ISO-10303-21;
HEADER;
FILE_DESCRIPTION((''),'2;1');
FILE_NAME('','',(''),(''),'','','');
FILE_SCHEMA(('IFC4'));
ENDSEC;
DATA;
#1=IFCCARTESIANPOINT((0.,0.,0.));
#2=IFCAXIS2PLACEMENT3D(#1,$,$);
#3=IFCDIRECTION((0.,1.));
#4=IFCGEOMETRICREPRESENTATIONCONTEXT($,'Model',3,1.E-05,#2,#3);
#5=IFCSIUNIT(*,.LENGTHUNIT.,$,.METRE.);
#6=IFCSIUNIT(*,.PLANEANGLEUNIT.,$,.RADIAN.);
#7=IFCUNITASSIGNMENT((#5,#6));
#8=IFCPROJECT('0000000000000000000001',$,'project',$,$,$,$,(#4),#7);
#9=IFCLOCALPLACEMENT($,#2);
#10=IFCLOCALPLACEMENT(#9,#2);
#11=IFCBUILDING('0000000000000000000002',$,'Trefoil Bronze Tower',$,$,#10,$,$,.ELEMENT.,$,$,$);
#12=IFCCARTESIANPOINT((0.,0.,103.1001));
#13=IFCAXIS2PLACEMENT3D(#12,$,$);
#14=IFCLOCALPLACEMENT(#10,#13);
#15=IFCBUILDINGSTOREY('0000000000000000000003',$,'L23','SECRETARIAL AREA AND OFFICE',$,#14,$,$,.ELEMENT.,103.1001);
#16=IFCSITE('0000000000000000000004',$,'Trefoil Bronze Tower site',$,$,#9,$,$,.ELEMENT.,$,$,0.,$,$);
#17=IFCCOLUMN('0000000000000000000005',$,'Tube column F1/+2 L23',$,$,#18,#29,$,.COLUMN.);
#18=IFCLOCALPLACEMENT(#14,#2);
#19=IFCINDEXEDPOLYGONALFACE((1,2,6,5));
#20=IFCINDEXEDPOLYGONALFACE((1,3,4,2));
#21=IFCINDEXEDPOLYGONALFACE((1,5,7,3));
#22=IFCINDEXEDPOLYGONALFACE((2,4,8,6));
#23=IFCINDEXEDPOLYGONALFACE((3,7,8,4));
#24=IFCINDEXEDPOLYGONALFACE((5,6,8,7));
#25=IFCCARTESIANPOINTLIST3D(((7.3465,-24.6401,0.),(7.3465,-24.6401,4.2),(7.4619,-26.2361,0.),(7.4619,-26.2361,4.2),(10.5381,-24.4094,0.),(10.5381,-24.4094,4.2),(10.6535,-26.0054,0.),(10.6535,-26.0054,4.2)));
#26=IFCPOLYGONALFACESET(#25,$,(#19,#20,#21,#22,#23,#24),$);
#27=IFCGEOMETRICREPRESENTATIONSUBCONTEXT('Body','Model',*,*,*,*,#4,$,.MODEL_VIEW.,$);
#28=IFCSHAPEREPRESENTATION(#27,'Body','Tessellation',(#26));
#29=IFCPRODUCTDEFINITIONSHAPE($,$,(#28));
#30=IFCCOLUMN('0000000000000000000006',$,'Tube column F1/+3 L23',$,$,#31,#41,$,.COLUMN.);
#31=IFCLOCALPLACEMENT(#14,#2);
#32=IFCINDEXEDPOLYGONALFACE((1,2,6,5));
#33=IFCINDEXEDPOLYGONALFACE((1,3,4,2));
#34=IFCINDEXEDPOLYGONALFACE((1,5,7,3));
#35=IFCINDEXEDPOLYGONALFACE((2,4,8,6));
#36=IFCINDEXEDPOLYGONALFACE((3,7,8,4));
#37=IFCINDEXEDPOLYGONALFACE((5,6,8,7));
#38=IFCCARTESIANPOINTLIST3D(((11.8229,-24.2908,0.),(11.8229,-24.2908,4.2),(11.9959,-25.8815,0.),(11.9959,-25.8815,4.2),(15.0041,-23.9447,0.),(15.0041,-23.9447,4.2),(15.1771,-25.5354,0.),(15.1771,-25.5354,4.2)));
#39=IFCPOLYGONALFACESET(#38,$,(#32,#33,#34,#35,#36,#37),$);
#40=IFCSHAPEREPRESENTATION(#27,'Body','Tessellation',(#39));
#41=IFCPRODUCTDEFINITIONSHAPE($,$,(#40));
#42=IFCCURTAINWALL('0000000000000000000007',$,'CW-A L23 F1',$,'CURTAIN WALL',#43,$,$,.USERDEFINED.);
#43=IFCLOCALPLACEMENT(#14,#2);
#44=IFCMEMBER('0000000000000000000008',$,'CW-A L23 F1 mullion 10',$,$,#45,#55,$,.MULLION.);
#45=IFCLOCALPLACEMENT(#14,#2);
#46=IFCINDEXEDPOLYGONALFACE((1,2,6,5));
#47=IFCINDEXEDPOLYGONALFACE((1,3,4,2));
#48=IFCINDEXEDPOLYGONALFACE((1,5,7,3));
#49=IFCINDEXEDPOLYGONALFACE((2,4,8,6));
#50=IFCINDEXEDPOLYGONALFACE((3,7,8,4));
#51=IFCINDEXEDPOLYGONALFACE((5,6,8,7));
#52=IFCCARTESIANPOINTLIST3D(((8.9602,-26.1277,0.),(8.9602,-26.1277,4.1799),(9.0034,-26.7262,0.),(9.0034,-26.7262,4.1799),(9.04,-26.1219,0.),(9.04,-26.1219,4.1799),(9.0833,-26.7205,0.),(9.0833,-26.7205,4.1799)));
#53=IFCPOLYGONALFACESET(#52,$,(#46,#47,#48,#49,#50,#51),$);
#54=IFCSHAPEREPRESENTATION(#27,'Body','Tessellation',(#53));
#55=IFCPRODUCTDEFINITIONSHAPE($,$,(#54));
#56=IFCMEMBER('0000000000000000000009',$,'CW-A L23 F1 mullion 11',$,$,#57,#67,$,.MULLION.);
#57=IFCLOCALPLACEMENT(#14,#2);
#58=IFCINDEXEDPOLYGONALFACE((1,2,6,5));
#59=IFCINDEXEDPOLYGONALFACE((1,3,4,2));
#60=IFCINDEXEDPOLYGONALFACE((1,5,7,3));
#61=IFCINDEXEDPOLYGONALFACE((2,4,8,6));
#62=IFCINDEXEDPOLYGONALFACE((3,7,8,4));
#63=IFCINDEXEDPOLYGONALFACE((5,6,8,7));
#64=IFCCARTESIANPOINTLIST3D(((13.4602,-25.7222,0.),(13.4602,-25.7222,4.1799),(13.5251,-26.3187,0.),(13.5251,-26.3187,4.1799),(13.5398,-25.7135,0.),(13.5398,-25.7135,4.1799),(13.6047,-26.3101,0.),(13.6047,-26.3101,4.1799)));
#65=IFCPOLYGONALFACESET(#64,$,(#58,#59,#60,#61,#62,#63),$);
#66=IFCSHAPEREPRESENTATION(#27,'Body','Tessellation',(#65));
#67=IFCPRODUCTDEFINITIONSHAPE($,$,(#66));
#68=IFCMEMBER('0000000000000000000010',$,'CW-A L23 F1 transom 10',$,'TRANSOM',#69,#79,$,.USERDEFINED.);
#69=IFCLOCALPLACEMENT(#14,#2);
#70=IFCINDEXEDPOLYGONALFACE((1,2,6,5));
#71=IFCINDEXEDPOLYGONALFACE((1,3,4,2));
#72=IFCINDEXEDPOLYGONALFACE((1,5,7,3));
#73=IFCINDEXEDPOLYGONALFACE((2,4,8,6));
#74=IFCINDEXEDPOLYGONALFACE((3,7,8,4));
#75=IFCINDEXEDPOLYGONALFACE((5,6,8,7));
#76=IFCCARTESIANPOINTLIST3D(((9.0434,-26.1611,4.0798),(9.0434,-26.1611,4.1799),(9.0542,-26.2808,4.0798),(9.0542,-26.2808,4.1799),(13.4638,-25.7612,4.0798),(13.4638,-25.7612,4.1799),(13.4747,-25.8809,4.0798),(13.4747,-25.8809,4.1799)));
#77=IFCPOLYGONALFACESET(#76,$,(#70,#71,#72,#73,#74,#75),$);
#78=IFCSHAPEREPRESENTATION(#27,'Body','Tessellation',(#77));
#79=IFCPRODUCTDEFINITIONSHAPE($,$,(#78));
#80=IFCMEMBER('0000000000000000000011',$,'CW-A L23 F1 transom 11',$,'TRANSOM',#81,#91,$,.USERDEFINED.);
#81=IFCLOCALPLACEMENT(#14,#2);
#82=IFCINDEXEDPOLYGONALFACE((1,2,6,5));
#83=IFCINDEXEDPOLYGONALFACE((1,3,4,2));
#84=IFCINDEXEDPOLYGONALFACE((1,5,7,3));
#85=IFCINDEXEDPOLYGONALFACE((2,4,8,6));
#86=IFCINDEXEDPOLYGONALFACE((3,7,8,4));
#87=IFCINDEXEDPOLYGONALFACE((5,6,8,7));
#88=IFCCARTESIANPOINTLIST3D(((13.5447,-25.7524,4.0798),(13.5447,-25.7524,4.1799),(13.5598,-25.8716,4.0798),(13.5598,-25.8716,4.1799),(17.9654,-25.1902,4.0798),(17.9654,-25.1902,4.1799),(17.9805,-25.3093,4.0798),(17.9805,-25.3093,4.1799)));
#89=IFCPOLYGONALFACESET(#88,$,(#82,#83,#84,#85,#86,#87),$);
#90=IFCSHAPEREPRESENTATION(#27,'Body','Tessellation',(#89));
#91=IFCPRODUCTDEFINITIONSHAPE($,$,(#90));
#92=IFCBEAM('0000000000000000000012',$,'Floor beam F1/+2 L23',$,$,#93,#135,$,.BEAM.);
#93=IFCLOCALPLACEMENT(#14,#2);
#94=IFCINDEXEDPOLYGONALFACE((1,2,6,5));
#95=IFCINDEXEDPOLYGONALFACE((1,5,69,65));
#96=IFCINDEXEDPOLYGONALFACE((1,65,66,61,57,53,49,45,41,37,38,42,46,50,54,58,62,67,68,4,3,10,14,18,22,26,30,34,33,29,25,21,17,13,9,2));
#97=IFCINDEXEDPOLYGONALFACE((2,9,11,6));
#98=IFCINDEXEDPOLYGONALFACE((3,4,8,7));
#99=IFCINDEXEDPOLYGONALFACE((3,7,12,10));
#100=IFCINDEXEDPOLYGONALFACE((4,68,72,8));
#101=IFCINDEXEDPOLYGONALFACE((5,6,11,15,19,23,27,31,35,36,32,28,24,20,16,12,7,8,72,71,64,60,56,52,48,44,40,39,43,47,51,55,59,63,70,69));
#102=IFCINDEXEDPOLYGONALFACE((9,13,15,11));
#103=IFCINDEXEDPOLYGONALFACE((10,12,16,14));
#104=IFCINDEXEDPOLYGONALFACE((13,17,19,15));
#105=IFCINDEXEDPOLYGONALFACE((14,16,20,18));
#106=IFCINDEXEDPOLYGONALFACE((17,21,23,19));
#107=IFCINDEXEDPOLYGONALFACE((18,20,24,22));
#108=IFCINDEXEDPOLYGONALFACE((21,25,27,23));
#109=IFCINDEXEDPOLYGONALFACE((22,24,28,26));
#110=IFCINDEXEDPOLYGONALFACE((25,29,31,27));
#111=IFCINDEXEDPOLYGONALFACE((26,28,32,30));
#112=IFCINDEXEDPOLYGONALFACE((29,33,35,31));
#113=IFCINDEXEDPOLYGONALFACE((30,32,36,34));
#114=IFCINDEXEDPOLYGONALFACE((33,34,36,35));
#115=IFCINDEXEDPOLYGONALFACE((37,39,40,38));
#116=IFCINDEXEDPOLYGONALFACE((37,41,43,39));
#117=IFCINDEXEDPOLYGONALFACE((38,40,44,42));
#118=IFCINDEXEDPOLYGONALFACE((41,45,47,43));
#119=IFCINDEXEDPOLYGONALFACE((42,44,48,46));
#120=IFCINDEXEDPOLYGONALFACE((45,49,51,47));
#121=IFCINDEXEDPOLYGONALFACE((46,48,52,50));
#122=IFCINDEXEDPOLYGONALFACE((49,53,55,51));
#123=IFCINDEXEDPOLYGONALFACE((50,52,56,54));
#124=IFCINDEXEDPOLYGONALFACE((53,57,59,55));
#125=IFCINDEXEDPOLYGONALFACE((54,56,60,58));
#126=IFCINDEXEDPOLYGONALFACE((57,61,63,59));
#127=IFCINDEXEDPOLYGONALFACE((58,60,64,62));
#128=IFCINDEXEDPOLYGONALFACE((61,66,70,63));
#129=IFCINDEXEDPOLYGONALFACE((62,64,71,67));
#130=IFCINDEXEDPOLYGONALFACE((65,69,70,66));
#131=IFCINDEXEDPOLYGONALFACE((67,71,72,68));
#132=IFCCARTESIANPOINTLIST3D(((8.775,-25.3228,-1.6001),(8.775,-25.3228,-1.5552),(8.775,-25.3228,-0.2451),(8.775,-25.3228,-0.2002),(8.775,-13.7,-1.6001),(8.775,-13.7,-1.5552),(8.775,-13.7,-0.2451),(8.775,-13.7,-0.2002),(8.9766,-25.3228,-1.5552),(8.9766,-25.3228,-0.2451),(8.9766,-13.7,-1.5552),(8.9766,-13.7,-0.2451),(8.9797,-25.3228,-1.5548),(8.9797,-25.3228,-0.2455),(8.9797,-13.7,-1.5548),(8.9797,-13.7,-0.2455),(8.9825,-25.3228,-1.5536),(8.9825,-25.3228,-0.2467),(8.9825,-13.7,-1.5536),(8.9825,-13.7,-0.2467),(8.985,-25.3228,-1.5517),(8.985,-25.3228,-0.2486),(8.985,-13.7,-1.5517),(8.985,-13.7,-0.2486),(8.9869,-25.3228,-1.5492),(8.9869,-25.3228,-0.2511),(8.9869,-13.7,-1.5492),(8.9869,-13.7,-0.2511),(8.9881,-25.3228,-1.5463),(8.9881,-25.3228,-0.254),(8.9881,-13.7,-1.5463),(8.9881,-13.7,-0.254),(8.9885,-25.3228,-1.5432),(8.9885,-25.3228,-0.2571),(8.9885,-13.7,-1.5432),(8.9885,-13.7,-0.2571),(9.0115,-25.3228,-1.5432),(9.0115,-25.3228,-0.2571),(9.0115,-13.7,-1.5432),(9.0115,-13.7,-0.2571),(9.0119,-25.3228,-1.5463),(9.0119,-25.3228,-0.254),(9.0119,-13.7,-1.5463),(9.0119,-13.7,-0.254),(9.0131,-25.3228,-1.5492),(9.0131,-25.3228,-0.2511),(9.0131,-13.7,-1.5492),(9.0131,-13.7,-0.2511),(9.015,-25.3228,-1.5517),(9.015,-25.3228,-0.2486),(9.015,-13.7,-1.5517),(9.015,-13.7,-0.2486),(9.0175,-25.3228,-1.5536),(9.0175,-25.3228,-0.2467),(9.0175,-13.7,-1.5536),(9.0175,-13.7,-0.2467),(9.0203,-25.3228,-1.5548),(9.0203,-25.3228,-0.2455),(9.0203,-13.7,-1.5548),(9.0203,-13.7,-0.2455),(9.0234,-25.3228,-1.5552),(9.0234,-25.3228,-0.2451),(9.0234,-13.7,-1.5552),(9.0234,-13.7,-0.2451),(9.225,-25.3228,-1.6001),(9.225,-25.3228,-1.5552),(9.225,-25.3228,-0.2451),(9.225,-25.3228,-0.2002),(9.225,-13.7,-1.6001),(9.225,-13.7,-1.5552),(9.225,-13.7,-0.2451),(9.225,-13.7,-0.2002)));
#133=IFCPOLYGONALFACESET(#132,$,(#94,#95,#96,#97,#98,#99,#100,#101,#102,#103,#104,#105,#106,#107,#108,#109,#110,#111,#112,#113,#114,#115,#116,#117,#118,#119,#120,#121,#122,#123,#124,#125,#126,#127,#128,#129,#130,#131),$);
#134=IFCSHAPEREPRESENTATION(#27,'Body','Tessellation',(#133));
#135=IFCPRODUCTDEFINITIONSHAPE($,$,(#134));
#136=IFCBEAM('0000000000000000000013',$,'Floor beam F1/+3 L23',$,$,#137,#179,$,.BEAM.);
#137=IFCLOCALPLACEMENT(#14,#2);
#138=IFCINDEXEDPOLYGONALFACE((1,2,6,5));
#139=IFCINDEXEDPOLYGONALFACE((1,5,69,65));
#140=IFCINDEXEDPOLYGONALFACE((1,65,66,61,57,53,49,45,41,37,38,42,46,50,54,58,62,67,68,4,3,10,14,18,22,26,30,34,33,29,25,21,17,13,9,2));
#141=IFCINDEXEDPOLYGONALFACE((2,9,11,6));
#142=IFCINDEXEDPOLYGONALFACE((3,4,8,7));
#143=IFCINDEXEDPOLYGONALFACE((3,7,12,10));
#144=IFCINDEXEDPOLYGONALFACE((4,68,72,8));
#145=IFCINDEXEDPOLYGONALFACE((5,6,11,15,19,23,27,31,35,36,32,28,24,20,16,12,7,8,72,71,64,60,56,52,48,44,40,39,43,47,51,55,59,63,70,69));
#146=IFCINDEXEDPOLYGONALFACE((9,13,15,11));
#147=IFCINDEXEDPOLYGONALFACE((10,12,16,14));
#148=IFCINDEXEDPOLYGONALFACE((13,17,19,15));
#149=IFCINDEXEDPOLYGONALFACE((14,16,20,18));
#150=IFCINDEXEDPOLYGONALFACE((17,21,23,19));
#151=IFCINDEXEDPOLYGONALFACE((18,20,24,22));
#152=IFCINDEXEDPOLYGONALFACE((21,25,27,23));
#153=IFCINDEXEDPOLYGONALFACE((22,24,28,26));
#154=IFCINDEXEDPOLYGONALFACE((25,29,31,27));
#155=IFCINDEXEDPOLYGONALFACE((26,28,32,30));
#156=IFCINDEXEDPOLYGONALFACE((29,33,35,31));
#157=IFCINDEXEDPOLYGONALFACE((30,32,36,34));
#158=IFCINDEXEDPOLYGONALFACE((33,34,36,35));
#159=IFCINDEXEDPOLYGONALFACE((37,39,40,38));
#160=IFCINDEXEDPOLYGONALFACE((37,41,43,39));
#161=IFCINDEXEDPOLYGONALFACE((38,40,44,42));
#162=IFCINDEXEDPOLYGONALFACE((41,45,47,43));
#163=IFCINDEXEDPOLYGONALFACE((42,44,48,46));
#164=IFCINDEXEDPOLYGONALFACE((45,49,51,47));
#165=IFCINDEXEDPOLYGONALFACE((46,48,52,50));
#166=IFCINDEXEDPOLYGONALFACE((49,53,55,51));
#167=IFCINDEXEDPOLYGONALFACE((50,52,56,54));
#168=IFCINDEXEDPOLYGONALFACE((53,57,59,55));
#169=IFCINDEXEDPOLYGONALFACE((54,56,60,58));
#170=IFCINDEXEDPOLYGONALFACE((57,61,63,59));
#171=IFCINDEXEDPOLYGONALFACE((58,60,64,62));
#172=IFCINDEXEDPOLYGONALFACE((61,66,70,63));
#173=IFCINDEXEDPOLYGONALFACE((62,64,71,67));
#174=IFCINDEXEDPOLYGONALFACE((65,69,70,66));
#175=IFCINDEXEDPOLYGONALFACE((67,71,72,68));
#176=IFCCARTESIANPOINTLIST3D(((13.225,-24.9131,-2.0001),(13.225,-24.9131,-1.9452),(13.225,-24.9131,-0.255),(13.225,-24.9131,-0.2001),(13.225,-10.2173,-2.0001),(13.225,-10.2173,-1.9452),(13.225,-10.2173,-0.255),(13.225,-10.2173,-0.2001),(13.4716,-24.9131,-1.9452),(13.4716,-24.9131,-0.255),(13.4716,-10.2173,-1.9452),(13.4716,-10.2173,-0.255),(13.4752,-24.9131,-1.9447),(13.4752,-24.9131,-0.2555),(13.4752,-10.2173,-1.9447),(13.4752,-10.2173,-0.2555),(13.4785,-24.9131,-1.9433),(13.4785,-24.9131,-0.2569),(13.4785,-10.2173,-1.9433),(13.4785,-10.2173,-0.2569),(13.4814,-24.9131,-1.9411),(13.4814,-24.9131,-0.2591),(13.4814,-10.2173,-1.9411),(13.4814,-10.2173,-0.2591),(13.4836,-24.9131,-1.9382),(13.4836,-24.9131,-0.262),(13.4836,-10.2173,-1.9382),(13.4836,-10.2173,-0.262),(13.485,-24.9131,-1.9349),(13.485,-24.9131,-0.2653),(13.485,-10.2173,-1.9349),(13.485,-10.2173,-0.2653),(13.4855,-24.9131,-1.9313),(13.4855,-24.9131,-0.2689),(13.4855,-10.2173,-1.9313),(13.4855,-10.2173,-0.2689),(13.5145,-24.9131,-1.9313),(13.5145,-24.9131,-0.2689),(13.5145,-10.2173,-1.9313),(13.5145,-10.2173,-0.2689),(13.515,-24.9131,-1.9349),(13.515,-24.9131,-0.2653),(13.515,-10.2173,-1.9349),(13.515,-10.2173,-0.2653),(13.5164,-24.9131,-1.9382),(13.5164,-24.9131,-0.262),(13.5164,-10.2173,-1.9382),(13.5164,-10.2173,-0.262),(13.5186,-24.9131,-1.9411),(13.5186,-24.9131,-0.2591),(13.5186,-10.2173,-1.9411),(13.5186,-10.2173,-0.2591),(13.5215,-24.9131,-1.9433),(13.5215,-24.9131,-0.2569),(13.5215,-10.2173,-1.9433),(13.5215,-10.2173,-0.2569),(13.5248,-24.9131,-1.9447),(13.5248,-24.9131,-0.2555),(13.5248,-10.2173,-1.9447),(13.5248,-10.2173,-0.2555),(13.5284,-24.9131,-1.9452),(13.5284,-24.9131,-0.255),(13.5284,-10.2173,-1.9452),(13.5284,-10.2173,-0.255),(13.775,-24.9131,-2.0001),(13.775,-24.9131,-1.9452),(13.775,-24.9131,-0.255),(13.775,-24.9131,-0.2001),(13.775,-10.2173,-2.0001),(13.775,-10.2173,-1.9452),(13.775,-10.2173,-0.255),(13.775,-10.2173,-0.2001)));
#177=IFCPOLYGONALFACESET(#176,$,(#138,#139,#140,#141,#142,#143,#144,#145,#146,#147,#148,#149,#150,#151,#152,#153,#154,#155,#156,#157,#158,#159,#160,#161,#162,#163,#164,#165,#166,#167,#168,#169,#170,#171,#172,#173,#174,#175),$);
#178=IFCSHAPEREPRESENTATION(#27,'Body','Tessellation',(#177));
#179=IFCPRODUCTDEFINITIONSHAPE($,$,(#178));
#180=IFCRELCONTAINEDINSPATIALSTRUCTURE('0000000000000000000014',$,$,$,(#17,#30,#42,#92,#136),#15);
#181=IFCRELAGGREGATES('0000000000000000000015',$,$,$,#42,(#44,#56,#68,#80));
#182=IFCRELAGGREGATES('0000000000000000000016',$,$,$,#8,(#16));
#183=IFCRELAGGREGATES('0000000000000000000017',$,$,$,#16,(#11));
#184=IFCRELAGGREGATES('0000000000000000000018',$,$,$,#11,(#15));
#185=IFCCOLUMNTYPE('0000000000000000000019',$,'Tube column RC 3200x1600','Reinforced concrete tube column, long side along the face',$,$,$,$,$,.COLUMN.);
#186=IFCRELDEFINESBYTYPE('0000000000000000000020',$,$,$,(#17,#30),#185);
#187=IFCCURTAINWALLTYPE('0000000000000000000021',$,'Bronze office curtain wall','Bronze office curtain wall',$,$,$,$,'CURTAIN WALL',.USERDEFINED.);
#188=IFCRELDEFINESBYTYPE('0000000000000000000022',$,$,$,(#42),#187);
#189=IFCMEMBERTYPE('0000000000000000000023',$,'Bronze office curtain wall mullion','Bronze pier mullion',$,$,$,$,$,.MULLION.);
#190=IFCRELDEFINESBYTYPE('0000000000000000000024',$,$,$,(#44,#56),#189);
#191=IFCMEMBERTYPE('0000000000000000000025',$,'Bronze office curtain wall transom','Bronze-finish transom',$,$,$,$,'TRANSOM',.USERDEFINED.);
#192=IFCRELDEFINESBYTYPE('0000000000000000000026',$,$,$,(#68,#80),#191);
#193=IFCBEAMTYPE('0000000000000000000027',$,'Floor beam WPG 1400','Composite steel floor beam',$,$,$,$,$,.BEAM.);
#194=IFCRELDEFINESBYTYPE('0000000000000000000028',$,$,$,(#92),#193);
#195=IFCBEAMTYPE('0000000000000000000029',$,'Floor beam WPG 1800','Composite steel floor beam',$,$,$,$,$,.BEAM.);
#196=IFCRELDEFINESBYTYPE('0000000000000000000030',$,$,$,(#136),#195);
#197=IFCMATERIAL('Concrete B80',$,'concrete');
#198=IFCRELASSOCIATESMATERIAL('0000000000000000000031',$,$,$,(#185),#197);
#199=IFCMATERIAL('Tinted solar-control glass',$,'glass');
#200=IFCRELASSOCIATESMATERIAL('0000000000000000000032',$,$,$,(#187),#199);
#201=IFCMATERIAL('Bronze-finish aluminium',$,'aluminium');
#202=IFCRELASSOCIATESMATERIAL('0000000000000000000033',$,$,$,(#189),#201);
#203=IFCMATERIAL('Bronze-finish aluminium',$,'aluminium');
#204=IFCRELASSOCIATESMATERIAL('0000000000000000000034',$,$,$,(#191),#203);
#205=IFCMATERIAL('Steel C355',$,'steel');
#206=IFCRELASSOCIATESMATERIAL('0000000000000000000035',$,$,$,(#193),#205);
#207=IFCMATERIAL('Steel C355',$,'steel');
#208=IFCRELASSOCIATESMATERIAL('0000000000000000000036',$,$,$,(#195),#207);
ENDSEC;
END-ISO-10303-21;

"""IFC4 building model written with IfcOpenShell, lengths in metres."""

from ifc_helpers import new_model, si_unit, direction, frame, origin, origin_2d, place, context, subcontext, project, spatial, rectangle, i_section, extrude, material, material_profile, profile_set, type_object, element, aggregate, save


model = new_model("IFC4")

# Units and contexts
model_context = context("Model", 3, precision=1e-05, world=origin(), true_north=direction((0.0, 1.0)))
body_context = subcontext(model_context, "Body", "Model", "MODEL_VIEW")
ifc_project = project(units=[si_unit("LENGTHUNIT", "METRE"), si_unit("PLANEANGLEUNIT", "RADIAN")], contexts=[model_context])

# Site, building, storey
site_placement = place(None, origin())
site = spatial("IfcSite", under=ifc_project, at=site_placement, Name="Trefoil Bronze Tower site", CompositionType="ELEMENT", RefElevation=0.0)
building_placement = place(site_placement, origin())
building = spatial("IfcBuilding", under=site, at=building_placement, Name="Trefoil Bronze Tower", CompositionType="ELEMENT")
storey_placement = place(building_placement, frame((0.0, 0.0, 103.1001)))
storey = spatial("IfcBuildingStorey", under=building, at=storey_placement, Name="L23", Description="SECRETARIAL AREA AND OFFICE", CompositionType="ELEMENT", Elevation=103.1001)

# Columns
ifc_material_1 = material(Name="Concrete B80", Category="concrete")
ifc_material_profile_1 = material_profile(ifc_material_1, rectangle(XDim=3.2, YDim=1.6001, at=origin_2d()), Name="RC 3200x1600")
ifc_profile_set_1 = profile_set([ifc_material_profile_1], Name="Concrete B80")
column_type = type_object("IfcColumnType", Name="Tube column RC 3200x1600", Description="Reinforced concrete tube column, long side along the face", PredefinedType="COLUMN", material=ifc_profile_set_1)
for number, where, z_axis, x_axis, name in (
    (1, (9.0, -25.3228, 0.0), (0.0, 0.0, 1.0), (0.997398, 0.072096, 0.0), "Tube column F1/+2 L23"),
    (2, (13.5, -24.9131, 0.0), (0.0, 0.0, 1.0), (0.994135, 0.108144, 0.0), "Tube column F1/+3 L23"),
):
    element("IfcColumn", number, at=place(storey_placement, frame(where, z_axis=z_axis, x_axis=x_axis)), inside=storey, type_object=column_type, Name=name, PredefinedType="COLUMN", context=body_context, shape_type="SweptSolid", body=[
        extrude(rectangle(XDim=3.2, YDim=1.6001, at=origin_2d()), origin(), (0.0, 0.0, 1.0), 4.2),
    ])

# Curtain wall, members
ifc_material_2 = material(Name="Tinted solar-control glass", Category="glass")
curtain_wall_type = type_object("IfcCurtainWallType", Name="Bronze office curtain wall", Description="Bronze office curtain wall", ElementType="CURTAIN WALL", PredefinedType="USERDEFINED", material=ifc_material_2)
curtain_wall_placement = place(storey_placement, origin())
curtain_wall = element("IfcCurtainWall", 3, at=curtain_wall_placement, inside=storey, type_object=curtain_wall_type, Name="CW-A L23 F1", ObjectType="CURTAIN WALL", PredefinedType="USERDEFINED")
ifc_material_3 = material(Name="Bronze-finish aluminium", Category="aluminium")
ifc_material_profile_2 = material_profile(ifc_material_3, rectangle(XDim=0.6001, YDim=0.0801, at=origin_2d()), Name="CW-A mullion")
ifc_profile_set_2 = profile_set([ifc_material_profile_2], Name="Bronze-finish aluminium")
member_type_1 = type_object("IfcMemberType", Name="Bronze office curtain wall mullion", Description="Bronze pier mullion", PredefinedType="MULLION", material=ifc_profile_set_2)
member_1_placement = place(storey_placement, frame((9.0217, -26.4241, 0.0), z_axis=(0.0, 0.0, 1.0), x_axis=(-0.072096, 0.997398, 0.0)))
member_1 = element("IfcMember", 4, at=member_1_placement, type_object=member_type_1, Name="CW-A L23 F1 mullion 10", PredefinedType="MULLION", context=body_context, shape_type="SweptSolid", body=[
    extrude(rectangle(XDim=0.6001, YDim=0.0801, at=origin_2d()), origin(), (0.0, 0.0, 1.0), 4.1799),
])
member_2_placement = place(storey_placement, frame((13.5325, -26.0161, 0.0), z_axis=(0.0, 0.0, 1.0), x_axis=(-0.108144, 0.994135, 0.0)))
member_2 = element("IfcMember", 5, at=member_2_placement, type_object=member_type_1, Name="CW-A L23 F1 mullion 11", PredefinedType="MULLION", context=body_context, shape_type="SweptSolid", body=[
    extrude(rectangle(XDim=0.6001, YDim=0.0801, at=origin_2d()), origin(), (0.0, 0.0, 1.0), 4.1799),
])
ifc_material_4 = material(Name="Bronze-finish aluminium", Category="aluminium")
ifc_material_profile_3 = material_profile(ifc_material_4, rectangle(XDim=0.1201, YDim=0.1001, at=origin_2d()), Name="CW-A transom")
ifc_profile_set_3 = profile_set([ifc_material_profile_3], Name="Bronze-finish aluminium")
member_type_2 = type_object("IfcMemberType", Name="Bronze office curtain wall transom", Description="Bronze-finish transom", ElementType="TRANSOM", PredefinedType="USERDEFINED", material=ifc_profile_set_3)
member_3_placement = place(storey_placement, frame((9.0488, -26.2209, 4.1299), z_axis=(0.995933, 0.090099, 0.0), x_axis=(-0.090099, 0.995933, 0.0)))
member_3 = element("IfcMember", 6, at=member_3_placement, type_object=member_type_2, Name="CW-A L23 F1 transom 10", ObjectType="TRANSOM", PredefinedType="USERDEFINED", context=body_context, shape_type="SweptSolid", body=[
    extrude(rectangle(XDim=0.1201, YDim=0.1001, at=origin_2d()), origin(), (0.0, 0.0, 1.0), 4.4385),
])
member_4_placement = place(storey_placement, frame((13.5522, -25.812, 4.1299), z_axis=(0.992008, 0.126172, 0.0), x_axis=(-0.126172, 0.992008, 0.0)))
member_4 = element("IfcMember", 7, at=member_4_placement, type_object=member_type_2, Name="CW-A L23 F1 transom 11", ObjectType="TRANSOM", PredefinedType="USERDEFINED", context=body_context, shape_type="SweptSolid", body=[
    extrude(rectangle(XDim=0.1201, YDim=0.1001, at=origin_2d()), origin(), (0.0, 0.0, 1.0), 4.4563),
])

# Beams
ifc_material_5 = material(Name="Steel C355", Category="steel")
ifc_material_profile_4 = material_profile(ifc_material_5, i_section(OverallWidth=0.45, OverallDepth=1.3999, WebThickness=0.0229, FlangeThickness=0.0449, FilletRadius=0.012, at=origin_2d()), Name="WPG 1400")
ifc_profile_set_4 = profile_set([ifc_material_profile_4], Name="Steel C355")
beam_type_1 = type_object("IfcBeamType", Name="Floor beam WPG 1400", Description="Composite steel floor beam", PredefinedType="BEAM", material=ifc_profile_set_4)
beam_1_placement = place(storey_placement, frame((9.0, -25.3228, -0.9001), z_axis=(0.0, 1.0, 0.0), x_axis=(-1.0, 0.0, 0.0)))
element("IfcBeam", 8, at=beam_1_placement, inside=storey, type_object=beam_type_1, Name="Floor beam F1/+2 L23", PredefinedType="BEAM", context=body_context, shape_type="SweptSolid", body=[
    extrude(i_section(OverallWidth=0.45, OverallDepth=1.3999, WebThickness=0.0229, FlangeThickness=0.0449, FilletRadius=0.012, at=origin_2d()), origin(), (0.0, 0.0, 1.0), 11.6228),
])
ifc_material_6 = material(Name="Steel C355", Category="steel")
ifc_material_profile_5 = material_profile(ifc_material_6, i_section(OverallWidth=0.55, OverallDepth=1.8, WebThickness=0.0291, FlangeThickness=0.0549, FilletRadius=0.0139, at=origin_2d()), Name="WPG 1800")
ifc_profile_set_5 = profile_set([ifc_material_profile_5], Name="Steel C355")
beam_type_2 = type_object("IfcBeamType", Name="Floor beam WPG 1800", Description="Composite steel floor beam", PredefinedType="BEAM", material=ifc_profile_set_5)
beam_2_placement = place(storey_placement, frame((13.5, -24.9131, -1.1001), z_axis=(0.0, 1.0, 0.0), x_axis=(-1.0, 0.0, 0.0)))
element("IfcBeam", 9, at=beam_2_placement, inside=storey, type_object=beam_type_2, Name="Floor beam F1/+3 L23", PredefinedType="BEAM", context=body_context, shape_type="SweptSolid", body=[
    extrude(i_section(OverallWidth=0.55, OverallDepth=1.8, WebThickness=0.0291, FlangeThickness=0.0549, FilletRadius=0.0139, at=origin_2d()), origin(), (0.0, 0.0, 1.0), 14.6958),
])

aggregate(curtain_wall, [member_1, member_2, member_3, member_4])

save(model, "model.ifc")
